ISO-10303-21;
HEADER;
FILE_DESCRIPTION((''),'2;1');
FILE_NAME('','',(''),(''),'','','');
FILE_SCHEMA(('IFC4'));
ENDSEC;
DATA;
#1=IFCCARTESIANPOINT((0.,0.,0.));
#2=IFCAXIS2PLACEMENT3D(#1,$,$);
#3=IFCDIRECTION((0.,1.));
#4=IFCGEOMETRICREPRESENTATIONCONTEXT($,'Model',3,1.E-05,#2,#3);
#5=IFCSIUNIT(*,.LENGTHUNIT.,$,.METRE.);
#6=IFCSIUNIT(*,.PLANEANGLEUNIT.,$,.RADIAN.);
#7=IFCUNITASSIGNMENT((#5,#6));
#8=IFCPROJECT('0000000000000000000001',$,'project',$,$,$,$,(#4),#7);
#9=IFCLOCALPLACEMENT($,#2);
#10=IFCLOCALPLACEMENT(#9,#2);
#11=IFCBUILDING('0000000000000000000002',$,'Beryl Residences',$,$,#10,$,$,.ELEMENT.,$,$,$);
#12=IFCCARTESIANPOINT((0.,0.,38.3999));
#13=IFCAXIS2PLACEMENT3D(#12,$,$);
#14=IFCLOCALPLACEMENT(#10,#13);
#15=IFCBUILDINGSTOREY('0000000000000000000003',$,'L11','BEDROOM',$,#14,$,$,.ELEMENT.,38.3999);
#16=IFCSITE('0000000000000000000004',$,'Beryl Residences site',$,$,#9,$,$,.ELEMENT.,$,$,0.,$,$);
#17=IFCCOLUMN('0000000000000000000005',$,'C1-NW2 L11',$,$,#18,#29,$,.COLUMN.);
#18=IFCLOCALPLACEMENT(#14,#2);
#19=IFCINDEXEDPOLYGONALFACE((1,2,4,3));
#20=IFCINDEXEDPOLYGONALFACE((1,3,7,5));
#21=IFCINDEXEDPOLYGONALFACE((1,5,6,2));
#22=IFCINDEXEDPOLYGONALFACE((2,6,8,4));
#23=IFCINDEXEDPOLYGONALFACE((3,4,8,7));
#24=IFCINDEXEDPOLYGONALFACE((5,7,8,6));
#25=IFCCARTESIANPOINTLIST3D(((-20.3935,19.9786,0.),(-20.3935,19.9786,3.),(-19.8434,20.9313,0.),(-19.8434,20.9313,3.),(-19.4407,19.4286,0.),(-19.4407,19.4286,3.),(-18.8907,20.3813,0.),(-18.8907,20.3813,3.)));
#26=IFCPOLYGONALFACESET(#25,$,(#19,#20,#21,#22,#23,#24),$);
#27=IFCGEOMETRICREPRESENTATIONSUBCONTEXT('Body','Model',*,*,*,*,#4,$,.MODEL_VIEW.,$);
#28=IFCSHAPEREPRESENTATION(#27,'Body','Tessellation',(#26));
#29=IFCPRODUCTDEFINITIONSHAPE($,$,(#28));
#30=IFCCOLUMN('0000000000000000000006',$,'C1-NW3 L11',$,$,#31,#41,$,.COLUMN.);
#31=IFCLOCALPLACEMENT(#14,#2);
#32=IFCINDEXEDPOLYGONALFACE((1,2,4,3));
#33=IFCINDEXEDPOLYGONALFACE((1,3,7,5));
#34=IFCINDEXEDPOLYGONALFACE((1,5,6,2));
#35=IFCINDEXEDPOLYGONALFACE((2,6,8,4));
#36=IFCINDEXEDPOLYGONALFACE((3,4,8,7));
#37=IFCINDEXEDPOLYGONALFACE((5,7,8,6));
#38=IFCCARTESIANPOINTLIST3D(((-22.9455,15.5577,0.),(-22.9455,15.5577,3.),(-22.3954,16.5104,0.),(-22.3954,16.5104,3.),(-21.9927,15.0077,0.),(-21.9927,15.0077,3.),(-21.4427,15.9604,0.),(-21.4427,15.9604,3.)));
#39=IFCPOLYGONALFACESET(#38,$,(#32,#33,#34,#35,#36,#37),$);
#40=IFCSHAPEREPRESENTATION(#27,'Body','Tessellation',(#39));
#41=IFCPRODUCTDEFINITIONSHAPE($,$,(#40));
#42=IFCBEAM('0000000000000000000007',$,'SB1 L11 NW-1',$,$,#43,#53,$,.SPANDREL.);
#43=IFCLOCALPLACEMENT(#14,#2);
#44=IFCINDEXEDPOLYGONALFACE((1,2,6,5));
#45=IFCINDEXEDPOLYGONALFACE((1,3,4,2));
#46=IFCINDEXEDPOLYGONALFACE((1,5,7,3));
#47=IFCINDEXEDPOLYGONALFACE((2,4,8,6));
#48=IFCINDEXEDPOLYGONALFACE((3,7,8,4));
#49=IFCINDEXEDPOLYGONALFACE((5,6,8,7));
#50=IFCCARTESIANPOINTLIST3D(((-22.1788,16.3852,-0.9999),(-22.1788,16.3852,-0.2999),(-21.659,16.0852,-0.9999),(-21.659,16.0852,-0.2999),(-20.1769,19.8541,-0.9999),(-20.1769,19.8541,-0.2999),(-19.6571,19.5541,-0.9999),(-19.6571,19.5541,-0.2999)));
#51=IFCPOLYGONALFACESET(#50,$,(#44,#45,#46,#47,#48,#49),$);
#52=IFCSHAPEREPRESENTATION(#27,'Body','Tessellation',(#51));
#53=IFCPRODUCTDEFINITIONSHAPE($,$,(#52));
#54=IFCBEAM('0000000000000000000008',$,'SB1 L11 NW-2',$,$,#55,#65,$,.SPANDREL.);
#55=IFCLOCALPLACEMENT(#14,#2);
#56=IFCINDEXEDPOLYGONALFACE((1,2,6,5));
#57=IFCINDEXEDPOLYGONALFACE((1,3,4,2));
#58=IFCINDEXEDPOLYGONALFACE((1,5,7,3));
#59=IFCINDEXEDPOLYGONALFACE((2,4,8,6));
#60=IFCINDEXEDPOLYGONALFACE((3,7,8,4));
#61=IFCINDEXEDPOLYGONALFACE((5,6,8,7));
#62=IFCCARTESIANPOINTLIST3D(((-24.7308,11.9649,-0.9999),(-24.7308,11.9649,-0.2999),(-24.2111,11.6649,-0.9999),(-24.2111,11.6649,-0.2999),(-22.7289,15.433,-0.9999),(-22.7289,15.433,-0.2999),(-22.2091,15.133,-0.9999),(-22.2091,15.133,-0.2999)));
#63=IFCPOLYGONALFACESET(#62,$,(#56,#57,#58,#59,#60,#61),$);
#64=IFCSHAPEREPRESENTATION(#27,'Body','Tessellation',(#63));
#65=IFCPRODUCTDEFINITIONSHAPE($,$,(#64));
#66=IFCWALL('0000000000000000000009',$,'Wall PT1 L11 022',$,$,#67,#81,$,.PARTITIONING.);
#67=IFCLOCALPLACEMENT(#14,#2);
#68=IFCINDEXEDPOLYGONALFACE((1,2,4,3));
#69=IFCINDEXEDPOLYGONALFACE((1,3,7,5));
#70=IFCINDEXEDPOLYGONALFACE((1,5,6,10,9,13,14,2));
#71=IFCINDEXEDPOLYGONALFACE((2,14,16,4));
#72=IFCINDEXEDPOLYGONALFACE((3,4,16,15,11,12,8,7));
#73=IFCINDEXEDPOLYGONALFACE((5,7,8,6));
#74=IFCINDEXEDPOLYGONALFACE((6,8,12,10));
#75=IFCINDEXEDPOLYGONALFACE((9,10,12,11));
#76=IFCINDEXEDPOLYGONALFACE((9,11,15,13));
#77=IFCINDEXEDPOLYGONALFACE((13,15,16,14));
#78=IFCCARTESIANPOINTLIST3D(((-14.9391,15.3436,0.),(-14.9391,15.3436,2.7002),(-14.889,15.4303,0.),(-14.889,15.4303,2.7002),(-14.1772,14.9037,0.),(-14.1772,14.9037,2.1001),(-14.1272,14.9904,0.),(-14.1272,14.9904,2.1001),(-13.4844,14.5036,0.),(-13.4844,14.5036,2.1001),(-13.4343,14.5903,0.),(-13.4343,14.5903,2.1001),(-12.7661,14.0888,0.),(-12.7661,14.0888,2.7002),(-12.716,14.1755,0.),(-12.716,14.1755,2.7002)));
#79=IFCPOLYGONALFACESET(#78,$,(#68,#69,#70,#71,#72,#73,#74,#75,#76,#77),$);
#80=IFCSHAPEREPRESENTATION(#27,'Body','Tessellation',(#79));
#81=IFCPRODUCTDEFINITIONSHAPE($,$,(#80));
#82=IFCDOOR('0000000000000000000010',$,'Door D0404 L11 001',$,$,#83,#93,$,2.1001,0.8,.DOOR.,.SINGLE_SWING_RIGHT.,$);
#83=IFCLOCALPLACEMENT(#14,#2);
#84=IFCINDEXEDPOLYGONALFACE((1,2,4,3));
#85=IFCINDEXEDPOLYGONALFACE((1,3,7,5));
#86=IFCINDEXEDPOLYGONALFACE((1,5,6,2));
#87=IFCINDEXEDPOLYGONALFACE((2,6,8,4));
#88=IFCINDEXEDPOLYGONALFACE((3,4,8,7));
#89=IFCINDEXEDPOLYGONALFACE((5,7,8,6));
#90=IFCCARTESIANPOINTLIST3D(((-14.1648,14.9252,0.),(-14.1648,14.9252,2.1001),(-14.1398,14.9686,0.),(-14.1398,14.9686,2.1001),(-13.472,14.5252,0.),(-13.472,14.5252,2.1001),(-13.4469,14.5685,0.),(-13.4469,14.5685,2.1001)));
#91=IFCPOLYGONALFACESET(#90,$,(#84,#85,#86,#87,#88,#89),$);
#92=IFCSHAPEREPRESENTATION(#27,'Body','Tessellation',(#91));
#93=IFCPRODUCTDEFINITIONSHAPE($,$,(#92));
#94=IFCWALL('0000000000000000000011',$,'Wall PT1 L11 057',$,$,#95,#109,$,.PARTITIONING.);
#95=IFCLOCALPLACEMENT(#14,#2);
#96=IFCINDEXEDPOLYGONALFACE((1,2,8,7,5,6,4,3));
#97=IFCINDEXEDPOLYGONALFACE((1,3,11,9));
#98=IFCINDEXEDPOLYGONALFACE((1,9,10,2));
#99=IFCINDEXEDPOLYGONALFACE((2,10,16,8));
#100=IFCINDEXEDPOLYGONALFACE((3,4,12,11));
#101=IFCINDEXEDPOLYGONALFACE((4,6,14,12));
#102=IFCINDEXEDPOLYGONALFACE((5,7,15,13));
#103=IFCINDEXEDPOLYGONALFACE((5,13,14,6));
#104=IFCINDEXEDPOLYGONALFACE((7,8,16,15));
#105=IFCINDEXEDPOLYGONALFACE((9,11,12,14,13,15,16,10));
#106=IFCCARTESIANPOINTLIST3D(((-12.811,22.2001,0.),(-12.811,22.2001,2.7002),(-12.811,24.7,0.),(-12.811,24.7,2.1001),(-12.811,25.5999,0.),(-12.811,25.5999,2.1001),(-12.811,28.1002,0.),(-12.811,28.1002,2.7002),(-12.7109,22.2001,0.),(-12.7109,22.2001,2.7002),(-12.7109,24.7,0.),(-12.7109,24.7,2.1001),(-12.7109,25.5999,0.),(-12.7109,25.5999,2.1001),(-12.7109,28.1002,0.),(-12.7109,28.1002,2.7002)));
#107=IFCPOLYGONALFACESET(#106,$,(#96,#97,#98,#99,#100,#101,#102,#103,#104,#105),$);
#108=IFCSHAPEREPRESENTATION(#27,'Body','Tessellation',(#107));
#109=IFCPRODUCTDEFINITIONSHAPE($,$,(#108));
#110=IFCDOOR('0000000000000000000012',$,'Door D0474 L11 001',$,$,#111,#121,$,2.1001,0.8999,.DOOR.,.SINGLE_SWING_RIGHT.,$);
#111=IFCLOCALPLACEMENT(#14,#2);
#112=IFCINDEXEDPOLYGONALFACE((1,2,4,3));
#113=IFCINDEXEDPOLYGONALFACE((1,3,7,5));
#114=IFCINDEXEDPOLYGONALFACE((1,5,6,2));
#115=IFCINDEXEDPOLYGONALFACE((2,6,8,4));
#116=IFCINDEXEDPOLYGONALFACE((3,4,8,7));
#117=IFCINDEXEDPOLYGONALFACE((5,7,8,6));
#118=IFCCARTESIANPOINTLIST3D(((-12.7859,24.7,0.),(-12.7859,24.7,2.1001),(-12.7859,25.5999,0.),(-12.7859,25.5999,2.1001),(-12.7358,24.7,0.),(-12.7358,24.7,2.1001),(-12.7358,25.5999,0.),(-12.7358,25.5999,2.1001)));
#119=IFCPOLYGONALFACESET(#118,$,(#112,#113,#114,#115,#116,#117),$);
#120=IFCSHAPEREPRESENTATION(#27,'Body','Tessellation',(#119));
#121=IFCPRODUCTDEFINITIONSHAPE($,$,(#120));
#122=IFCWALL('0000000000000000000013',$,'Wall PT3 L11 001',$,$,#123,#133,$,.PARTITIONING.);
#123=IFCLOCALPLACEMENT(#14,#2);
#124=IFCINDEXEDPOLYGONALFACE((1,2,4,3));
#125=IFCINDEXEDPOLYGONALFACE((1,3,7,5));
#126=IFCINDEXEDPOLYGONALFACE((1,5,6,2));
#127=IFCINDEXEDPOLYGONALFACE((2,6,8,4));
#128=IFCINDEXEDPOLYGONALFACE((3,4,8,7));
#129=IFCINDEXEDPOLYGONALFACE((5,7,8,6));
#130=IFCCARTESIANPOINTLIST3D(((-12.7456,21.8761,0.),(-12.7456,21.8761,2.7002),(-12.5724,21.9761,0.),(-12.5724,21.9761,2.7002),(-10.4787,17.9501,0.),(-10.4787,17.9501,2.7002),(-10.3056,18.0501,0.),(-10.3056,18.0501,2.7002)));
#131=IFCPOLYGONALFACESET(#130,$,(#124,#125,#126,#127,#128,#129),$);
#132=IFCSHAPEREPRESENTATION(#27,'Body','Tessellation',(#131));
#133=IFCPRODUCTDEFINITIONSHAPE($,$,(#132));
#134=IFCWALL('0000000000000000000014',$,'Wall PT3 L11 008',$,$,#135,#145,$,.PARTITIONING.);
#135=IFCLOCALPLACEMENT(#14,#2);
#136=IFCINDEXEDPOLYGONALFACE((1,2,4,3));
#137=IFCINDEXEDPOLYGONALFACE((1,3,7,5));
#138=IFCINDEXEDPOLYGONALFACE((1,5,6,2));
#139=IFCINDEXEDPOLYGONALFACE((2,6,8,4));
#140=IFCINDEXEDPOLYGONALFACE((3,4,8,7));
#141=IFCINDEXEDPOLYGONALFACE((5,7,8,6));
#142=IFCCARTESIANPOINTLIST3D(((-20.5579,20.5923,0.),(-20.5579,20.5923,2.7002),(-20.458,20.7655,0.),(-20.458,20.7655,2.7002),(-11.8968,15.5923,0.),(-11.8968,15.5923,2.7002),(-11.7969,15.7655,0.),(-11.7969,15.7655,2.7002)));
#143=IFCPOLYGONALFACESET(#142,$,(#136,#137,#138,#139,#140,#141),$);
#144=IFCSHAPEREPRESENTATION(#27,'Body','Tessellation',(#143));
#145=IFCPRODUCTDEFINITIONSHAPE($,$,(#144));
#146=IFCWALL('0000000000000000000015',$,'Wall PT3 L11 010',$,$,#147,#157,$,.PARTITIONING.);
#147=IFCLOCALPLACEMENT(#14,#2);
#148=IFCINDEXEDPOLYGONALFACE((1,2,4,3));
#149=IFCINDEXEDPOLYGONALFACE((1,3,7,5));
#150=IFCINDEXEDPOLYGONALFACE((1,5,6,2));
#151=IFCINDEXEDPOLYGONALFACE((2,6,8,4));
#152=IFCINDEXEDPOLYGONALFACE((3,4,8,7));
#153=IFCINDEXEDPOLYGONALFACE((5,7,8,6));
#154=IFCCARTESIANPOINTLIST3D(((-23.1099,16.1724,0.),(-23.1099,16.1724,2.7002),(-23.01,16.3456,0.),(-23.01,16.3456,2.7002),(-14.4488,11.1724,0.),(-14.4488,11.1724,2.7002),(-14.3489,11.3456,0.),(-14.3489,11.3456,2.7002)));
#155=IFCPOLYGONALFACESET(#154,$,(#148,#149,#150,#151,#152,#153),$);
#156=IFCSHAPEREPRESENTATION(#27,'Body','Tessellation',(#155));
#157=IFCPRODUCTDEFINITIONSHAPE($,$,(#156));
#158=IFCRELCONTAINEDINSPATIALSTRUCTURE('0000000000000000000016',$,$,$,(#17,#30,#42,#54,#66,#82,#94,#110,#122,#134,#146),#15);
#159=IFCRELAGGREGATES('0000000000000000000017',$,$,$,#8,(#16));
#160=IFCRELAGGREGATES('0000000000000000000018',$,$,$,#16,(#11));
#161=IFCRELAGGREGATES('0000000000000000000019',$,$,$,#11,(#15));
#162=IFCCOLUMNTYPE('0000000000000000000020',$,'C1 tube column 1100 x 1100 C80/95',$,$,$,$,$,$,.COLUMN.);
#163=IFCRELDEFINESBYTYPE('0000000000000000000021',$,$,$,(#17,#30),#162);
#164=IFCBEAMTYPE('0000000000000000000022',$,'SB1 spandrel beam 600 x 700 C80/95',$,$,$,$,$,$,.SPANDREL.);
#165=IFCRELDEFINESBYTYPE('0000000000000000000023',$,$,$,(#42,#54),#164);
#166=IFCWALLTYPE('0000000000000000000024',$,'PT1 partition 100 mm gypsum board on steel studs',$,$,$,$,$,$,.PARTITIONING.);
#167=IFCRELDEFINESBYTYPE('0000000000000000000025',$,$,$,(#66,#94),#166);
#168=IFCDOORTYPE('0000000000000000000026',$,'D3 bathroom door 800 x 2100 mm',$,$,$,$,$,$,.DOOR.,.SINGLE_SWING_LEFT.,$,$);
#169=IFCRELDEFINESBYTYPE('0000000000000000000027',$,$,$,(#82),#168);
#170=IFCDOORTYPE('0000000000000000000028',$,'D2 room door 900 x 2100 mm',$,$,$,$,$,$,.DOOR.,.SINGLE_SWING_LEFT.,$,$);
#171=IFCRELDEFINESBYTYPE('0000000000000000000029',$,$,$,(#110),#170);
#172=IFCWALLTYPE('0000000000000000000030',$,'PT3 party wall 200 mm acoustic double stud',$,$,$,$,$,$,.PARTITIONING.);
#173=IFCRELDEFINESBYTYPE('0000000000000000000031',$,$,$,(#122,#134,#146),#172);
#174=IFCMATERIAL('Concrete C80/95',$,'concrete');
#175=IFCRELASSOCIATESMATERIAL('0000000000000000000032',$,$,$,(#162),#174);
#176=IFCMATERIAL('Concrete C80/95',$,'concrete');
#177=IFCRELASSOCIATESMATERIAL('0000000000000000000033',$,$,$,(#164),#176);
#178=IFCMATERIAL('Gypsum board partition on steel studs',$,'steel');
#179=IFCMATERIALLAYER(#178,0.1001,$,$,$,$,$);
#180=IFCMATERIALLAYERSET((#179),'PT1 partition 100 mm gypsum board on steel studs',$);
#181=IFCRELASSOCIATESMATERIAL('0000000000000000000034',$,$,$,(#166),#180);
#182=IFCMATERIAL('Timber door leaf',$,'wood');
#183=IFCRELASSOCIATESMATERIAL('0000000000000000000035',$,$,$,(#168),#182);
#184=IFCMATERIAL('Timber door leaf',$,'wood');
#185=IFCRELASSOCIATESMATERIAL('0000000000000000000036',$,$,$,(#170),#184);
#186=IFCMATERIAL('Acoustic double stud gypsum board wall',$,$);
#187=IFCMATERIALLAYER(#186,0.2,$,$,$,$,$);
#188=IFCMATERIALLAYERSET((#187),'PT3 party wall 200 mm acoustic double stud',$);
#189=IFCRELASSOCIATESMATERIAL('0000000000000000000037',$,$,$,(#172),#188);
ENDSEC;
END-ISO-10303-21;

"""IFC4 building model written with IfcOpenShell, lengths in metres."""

from ifc_helpers import new_model, si_unit, direction, frame, frame_2d, origin, origin_2d, place, context, subcontext, project, spatial, rectangle, extrude, material, layer, layer_set, material_profile, profile_set, type_object, element, fill, save


model = new_model("IFC4")

# Units and contexts
model_context = context("Model", 3, precision=1e-05, world=origin(), true_north=direction((0.0, 1.0)))
body_context = subcontext(model_context, "Body", "Model", "MODEL_VIEW")
ifc_project = project(units=[si_unit("LENGTHUNIT", "METRE"), si_unit("PLANEANGLEUNIT", "RADIAN")], contexts=[model_context])

# Site, building, storey
site_placement = place(None, origin())
site = spatial("IfcSite", under=ifc_project, at=site_placement, Name="Beryl Residences site", CompositionType="ELEMENT", RefElevation=0.0)
building_placement = place(site_placement, origin())
building = spatial("IfcBuilding", under=site, at=building_placement, Name="Beryl Residences", CompositionType="ELEMENT")
storey_placement = place(building_placement, frame((0.0, 0.0, 38.3999)))
storey = spatial("IfcBuildingStorey", under=building, at=storey_placement, Name="L11", Description="BEDROOM", CompositionType="ELEMENT", Elevation=38.3999)

# Columns
ifc_material_1 = material(Name="Concrete C80/95", Category="concrete")
ifc_material_profile_1 = material_profile(ifc_material_1, rectangle(XDim=1.1001, YDim=1.1001, at=origin_2d()))
ifc_profile_set_1 = profile_set([ifc_material_profile_1], Name="Concrete C80/95")
column_type = type_object("IfcColumnType", Name="C1 tube column 1100 x 1100 C80/95", PredefinedType="COLUMN", material=ifc_profile_set_1)
for number, where, z_axis, x_axis, name in (
    (1, (-19.6421, 20.1799, 0.0), (0.0, 0.0, 1.0), (-0.499985, -0.866034, 0.0), "C1-NW2 L11"),
    (2, (-22.1941, 15.759, 0.0), (0.0, 0.0, 1.0), (-0.499985, -0.866034, 0.0), "C1-NW3 L11"),
):
    element("IfcColumn", number, at=place(storey_placement, frame(where, z_axis=z_axis, x_axis=x_axis)), inside=storey, type_object=column_type, Name=name, PredefinedType="COLUMN", context=body_context, shape_type="SweptSolid", body=[
        extrude(rectangle(XDim=1.1001, YDim=1.1001, at=origin_2d()), origin(), (0.0, 0.0, 1.0), 3.0),
    ])

# Beams
ifc_material_2 = material(Name="Concrete C80/95", Category="concrete")
ifc_material_profile_2 = material_profile(ifc_material_2, rectangle(XDim=0.6001, YDim=0.7, at=origin_2d()))
ifc_profile_set_2 = profile_set([ifc_material_profile_2], Name="Concrete C80/95")
beam_type = type_object("IfcBeamType", Name="SB1 spandrel beam 600 x 700 C80/95", PredefinedType="SPANDREL", material=ifc_profile_set_2)
beam_1_placement = place(storey_placement, frame((-19.917, 19.7041, -0.6499), z_axis=(-0.499837, -0.86612, 0.0), x_axis=(0.86612, -0.499837, 0.0)))
element("IfcBeam", 3, at=beam_1_placement, inside=storey, type_object=beam_type, Name="SB1 L11 NW-1", PredefinedType="SPANDREL", context=body_context, shape_type="SweptSolid", body=[
    extrude(rectangle(XDim=0.6001, YDim=0.7, at=origin_2d()), origin(), (0.0, 0.0, 1.0), 4.0051),
])
beam_2_placement = place(storey_placement, frame((-22.469, 15.283, -0.6499), z_axis=(-0.499942, -0.866059, 0.0), x_axis=(0.866059, -0.499942, 0.0)))
element("IfcBeam", 4, at=beam_2_placement, inside=storey, type_object=beam_type, Name="SB1 L11 NW-2", PredefinedType="SPANDREL", context=body_context, shape_type="SweptSolid", body=[
    extrude(rectangle(XDim=0.6001, YDim=0.7, at=origin_2d()), origin(), (0.0, 0.0, 1.0), 4.0044),
])

# Walls, openings, doors
ifc_material_3 = material(Name="Gypsum board partition on steel studs", Category="steel")
ifc_layer_1 = layer(ifc_material_3, 0.1001)
ifc_layer_set_1 = layer_set([ifc_layer_1], Name="PT1 partition 100 mm gypsum board on steel studs")
wall_type_1 = type_object("IfcWallType", Name="PT1 partition 100 mm gypsum board on steel studs", PredefinedType="PARTITIONING", material=ifc_layer_set_1)
wall_1_placement = place(storey_placement, frame((-14.9141, 15.387, 0.0), z_axis=(0.0, 0.0, 1.0), x_axis=(0.865983, -0.500073, 0.0)))
wall_1 = element("IfcWall", 5, at=wall_1_placement, inside=storey, type_object=wall_type_1, Name="Wall PT1 L11 022", PredefinedType="PARTITIONING", context=body_context, shape_type="SweptSolid", body=[
    extrude(rectangle(XDim=2.5093, YDim=0.1001, at=frame_2d((1.2546, 0.0))), origin(), (0.0, 0.0, 1.0), 2.7002),
])
opening_1_placement = place(wall_1_placement, frame((0.8799, 0.0, 0.0)))
opening_1 = element("IfcOpeningElement", 6, at=opening_1_placement, cuts=wall_1, PredefinedType="OPENING", context=body_context, shape_type="SweptSolid", body=[
    extrude(rectangle(XDim=0.8, YDim=2.1001, at=frame_2d((0.3999, 1.05))), frame((0.0, 0.0601, 0.0), z_axis=(0.0, -1.0, 0.0), x_axis=(1.0, 0.0, 0.0)), (0.0, 0.0, 1.0), 0.1201),
])
ifc_material_4 = material(Name="Timber door leaf", Category="wood")
door_type_1 = type_object("IfcDoorType", Name="D3 bathroom door 800 x 2100 mm", OperationType="SINGLE_SWING_LEFT", PredefinedType="DOOR", material=ifc_material_4)
door_1_placement = place(opening_1_placement, origin())
door_1 = element("IfcDoor", 7, at=door_1_placement, inside=storey, type_object=door_type_1, Name="Door D0404 L11 001", OperationType="SINGLE_SWING_RIGHT", OverallHeight=2.1001, OverallWidth=0.8, PredefinedType="DOOR", context=body_context, shape_type="SweptSolid", body=[
    extrude(rectangle(XDim=0.8, YDim=2.1001, at=frame_2d((0.3999, 1.05))), frame((0.0, 0.0249, 0.0), z_axis=(0.0, -1.0, 0.0), x_axis=(1.0, 0.0, 0.0)), (0.0, 0.0, 1.0), 0.05),
])
fill(opening_1, door_1)
wall_2_placement = place(storey_placement, frame((-12.761, 22.2, 0.0), z_axis=(0.0, 0.0, 1.0), x_axis=(0.0, 1.0, 0.0)))
wall_2 = element("IfcWall", 8, at=wall_2_placement, inside=storey, type_object=wall_type_1, Name="Wall PT1 L11 057", PredefinedType="PARTITIONING", context=body_context, shape_type="SweptSolid", body=[
    extrude(rectangle(XDim=5.9001, YDim=0.1001, at=frame_2d((2.9502, 0.0))), origin(), (0.0, 0.0, 1.0), 2.7002),
])
opening_2_placement = place(wall_2_placement, frame((2.5, 0.0, 0.0)))
opening_2 = element("IfcOpeningElement", 9, at=opening_2_placement, cuts=wall_2, PredefinedType="OPENING", context=body_context, shape_type="SweptSolid", body=[
    extrude(rectangle(XDim=0.8999, YDim=2.1001, at=frame_2d((0.45, 1.05))), frame((0.0, 0.0601, 0.0), z_axis=(0.0, -1.0, 0.0), x_axis=(1.0, 0.0, 0.0)), (0.0, 0.0, 1.0), 0.1201),
])
ifc_material_5 = material(Name="Timber door leaf", Category="wood")
door_type_2 = type_object("IfcDoorType", Name="D2 room door 900 x 2100 mm", OperationType="SINGLE_SWING_LEFT", PredefinedType="DOOR", material=ifc_material_5)
door_2_placement = place(opening_2_placement, origin())
door_2 = element("IfcDoor", 10, at=door_2_placement, inside=storey, type_object=door_type_2, Name="Door D0474 L11 001", OperationType="SINGLE_SWING_RIGHT", OverallHeight=2.1001, OverallWidth=0.8999, PredefinedType="DOOR", context=body_context, shape_type="SweptSolid", body=[
    extrude(rectangle(XDim=0.8999, YDim=2.1001, at=frame_2d((0.45, 1.05))), frame((0.0, 0.0249, 0.0), z_axis=(0.0, -1.0, 0.0), x_axis=(1.0, 0.0, 0.0)), (0.0, 0.0, 1.0), 0.05),
])
fill(opening_2, door_2)

# Walls
ifc_material_6 = material(Name="Acoustic double stud gypsum board wall")
ifc_layer_2 = layer(ifc_material_6, 0.2)
ifc_layer_set_2 = layer_set([ifc_layer_2], Name="PT3 party wall 200 mm acoustic double stud")
wall_type_2 = type_object("IfcWallType", Name="PT3 party wall 200 mm acoustic double stud", PredefinedType="PARTITIONING", material=ifc_layer_set_2)
wall_3_placement = place(storey_placement, frame((-12.6589, 21.926, 0.0), z_axis=(0.0, 0.0, 1.0), x_axis=(0.500025, -0.866011, 0.0)))
element("IfcWall", 11, at=wall_3_placement, inside=storey, type_object=wall_type_2, Name="Wall PT3 L11 001", PredefinedType="PARTITIONING", context=body_context, shape_type="SweptSolid", body=[
    extrude(rectangle(XDim=4.5334, YDim=0.2, at=frame_2d((2.2666, 0.0))), origin(), (0.0, 0.0, 1.0), 2.7002),
])
for number, where, z_axis, x_axis, name in (
    (12, (-20.5081, 20.679, 0.0), (0.0, 0.0, 1.0), (0.866047, -0.499962, 0.0), "Wall PT3 L11 008"),
    (13, (-23.0601, 16.259, 0.0), (0.0, 0.0, 1.0), (0.866047, -0.499962, 0.0), "Wall PT3 L11 010"),
):
    element("IfcWall", number, at=place(storey_placement, frame(where, z_axis=z_axis, x_axis=x_axis)), inside=storey, type_object=wall_type_2, Name=name, PredefinedType="PARTITIONING", context=body_context, shape_type="SweptSolid", body=[
        extrude(rectangle(XDim=10.0007, YDim=0.2, at=frame_2d((5.0005, 0.0))), origin(), (0.0, 0.0, 1.0), 2.7002),
    ])

save(model, "model.ifc")
